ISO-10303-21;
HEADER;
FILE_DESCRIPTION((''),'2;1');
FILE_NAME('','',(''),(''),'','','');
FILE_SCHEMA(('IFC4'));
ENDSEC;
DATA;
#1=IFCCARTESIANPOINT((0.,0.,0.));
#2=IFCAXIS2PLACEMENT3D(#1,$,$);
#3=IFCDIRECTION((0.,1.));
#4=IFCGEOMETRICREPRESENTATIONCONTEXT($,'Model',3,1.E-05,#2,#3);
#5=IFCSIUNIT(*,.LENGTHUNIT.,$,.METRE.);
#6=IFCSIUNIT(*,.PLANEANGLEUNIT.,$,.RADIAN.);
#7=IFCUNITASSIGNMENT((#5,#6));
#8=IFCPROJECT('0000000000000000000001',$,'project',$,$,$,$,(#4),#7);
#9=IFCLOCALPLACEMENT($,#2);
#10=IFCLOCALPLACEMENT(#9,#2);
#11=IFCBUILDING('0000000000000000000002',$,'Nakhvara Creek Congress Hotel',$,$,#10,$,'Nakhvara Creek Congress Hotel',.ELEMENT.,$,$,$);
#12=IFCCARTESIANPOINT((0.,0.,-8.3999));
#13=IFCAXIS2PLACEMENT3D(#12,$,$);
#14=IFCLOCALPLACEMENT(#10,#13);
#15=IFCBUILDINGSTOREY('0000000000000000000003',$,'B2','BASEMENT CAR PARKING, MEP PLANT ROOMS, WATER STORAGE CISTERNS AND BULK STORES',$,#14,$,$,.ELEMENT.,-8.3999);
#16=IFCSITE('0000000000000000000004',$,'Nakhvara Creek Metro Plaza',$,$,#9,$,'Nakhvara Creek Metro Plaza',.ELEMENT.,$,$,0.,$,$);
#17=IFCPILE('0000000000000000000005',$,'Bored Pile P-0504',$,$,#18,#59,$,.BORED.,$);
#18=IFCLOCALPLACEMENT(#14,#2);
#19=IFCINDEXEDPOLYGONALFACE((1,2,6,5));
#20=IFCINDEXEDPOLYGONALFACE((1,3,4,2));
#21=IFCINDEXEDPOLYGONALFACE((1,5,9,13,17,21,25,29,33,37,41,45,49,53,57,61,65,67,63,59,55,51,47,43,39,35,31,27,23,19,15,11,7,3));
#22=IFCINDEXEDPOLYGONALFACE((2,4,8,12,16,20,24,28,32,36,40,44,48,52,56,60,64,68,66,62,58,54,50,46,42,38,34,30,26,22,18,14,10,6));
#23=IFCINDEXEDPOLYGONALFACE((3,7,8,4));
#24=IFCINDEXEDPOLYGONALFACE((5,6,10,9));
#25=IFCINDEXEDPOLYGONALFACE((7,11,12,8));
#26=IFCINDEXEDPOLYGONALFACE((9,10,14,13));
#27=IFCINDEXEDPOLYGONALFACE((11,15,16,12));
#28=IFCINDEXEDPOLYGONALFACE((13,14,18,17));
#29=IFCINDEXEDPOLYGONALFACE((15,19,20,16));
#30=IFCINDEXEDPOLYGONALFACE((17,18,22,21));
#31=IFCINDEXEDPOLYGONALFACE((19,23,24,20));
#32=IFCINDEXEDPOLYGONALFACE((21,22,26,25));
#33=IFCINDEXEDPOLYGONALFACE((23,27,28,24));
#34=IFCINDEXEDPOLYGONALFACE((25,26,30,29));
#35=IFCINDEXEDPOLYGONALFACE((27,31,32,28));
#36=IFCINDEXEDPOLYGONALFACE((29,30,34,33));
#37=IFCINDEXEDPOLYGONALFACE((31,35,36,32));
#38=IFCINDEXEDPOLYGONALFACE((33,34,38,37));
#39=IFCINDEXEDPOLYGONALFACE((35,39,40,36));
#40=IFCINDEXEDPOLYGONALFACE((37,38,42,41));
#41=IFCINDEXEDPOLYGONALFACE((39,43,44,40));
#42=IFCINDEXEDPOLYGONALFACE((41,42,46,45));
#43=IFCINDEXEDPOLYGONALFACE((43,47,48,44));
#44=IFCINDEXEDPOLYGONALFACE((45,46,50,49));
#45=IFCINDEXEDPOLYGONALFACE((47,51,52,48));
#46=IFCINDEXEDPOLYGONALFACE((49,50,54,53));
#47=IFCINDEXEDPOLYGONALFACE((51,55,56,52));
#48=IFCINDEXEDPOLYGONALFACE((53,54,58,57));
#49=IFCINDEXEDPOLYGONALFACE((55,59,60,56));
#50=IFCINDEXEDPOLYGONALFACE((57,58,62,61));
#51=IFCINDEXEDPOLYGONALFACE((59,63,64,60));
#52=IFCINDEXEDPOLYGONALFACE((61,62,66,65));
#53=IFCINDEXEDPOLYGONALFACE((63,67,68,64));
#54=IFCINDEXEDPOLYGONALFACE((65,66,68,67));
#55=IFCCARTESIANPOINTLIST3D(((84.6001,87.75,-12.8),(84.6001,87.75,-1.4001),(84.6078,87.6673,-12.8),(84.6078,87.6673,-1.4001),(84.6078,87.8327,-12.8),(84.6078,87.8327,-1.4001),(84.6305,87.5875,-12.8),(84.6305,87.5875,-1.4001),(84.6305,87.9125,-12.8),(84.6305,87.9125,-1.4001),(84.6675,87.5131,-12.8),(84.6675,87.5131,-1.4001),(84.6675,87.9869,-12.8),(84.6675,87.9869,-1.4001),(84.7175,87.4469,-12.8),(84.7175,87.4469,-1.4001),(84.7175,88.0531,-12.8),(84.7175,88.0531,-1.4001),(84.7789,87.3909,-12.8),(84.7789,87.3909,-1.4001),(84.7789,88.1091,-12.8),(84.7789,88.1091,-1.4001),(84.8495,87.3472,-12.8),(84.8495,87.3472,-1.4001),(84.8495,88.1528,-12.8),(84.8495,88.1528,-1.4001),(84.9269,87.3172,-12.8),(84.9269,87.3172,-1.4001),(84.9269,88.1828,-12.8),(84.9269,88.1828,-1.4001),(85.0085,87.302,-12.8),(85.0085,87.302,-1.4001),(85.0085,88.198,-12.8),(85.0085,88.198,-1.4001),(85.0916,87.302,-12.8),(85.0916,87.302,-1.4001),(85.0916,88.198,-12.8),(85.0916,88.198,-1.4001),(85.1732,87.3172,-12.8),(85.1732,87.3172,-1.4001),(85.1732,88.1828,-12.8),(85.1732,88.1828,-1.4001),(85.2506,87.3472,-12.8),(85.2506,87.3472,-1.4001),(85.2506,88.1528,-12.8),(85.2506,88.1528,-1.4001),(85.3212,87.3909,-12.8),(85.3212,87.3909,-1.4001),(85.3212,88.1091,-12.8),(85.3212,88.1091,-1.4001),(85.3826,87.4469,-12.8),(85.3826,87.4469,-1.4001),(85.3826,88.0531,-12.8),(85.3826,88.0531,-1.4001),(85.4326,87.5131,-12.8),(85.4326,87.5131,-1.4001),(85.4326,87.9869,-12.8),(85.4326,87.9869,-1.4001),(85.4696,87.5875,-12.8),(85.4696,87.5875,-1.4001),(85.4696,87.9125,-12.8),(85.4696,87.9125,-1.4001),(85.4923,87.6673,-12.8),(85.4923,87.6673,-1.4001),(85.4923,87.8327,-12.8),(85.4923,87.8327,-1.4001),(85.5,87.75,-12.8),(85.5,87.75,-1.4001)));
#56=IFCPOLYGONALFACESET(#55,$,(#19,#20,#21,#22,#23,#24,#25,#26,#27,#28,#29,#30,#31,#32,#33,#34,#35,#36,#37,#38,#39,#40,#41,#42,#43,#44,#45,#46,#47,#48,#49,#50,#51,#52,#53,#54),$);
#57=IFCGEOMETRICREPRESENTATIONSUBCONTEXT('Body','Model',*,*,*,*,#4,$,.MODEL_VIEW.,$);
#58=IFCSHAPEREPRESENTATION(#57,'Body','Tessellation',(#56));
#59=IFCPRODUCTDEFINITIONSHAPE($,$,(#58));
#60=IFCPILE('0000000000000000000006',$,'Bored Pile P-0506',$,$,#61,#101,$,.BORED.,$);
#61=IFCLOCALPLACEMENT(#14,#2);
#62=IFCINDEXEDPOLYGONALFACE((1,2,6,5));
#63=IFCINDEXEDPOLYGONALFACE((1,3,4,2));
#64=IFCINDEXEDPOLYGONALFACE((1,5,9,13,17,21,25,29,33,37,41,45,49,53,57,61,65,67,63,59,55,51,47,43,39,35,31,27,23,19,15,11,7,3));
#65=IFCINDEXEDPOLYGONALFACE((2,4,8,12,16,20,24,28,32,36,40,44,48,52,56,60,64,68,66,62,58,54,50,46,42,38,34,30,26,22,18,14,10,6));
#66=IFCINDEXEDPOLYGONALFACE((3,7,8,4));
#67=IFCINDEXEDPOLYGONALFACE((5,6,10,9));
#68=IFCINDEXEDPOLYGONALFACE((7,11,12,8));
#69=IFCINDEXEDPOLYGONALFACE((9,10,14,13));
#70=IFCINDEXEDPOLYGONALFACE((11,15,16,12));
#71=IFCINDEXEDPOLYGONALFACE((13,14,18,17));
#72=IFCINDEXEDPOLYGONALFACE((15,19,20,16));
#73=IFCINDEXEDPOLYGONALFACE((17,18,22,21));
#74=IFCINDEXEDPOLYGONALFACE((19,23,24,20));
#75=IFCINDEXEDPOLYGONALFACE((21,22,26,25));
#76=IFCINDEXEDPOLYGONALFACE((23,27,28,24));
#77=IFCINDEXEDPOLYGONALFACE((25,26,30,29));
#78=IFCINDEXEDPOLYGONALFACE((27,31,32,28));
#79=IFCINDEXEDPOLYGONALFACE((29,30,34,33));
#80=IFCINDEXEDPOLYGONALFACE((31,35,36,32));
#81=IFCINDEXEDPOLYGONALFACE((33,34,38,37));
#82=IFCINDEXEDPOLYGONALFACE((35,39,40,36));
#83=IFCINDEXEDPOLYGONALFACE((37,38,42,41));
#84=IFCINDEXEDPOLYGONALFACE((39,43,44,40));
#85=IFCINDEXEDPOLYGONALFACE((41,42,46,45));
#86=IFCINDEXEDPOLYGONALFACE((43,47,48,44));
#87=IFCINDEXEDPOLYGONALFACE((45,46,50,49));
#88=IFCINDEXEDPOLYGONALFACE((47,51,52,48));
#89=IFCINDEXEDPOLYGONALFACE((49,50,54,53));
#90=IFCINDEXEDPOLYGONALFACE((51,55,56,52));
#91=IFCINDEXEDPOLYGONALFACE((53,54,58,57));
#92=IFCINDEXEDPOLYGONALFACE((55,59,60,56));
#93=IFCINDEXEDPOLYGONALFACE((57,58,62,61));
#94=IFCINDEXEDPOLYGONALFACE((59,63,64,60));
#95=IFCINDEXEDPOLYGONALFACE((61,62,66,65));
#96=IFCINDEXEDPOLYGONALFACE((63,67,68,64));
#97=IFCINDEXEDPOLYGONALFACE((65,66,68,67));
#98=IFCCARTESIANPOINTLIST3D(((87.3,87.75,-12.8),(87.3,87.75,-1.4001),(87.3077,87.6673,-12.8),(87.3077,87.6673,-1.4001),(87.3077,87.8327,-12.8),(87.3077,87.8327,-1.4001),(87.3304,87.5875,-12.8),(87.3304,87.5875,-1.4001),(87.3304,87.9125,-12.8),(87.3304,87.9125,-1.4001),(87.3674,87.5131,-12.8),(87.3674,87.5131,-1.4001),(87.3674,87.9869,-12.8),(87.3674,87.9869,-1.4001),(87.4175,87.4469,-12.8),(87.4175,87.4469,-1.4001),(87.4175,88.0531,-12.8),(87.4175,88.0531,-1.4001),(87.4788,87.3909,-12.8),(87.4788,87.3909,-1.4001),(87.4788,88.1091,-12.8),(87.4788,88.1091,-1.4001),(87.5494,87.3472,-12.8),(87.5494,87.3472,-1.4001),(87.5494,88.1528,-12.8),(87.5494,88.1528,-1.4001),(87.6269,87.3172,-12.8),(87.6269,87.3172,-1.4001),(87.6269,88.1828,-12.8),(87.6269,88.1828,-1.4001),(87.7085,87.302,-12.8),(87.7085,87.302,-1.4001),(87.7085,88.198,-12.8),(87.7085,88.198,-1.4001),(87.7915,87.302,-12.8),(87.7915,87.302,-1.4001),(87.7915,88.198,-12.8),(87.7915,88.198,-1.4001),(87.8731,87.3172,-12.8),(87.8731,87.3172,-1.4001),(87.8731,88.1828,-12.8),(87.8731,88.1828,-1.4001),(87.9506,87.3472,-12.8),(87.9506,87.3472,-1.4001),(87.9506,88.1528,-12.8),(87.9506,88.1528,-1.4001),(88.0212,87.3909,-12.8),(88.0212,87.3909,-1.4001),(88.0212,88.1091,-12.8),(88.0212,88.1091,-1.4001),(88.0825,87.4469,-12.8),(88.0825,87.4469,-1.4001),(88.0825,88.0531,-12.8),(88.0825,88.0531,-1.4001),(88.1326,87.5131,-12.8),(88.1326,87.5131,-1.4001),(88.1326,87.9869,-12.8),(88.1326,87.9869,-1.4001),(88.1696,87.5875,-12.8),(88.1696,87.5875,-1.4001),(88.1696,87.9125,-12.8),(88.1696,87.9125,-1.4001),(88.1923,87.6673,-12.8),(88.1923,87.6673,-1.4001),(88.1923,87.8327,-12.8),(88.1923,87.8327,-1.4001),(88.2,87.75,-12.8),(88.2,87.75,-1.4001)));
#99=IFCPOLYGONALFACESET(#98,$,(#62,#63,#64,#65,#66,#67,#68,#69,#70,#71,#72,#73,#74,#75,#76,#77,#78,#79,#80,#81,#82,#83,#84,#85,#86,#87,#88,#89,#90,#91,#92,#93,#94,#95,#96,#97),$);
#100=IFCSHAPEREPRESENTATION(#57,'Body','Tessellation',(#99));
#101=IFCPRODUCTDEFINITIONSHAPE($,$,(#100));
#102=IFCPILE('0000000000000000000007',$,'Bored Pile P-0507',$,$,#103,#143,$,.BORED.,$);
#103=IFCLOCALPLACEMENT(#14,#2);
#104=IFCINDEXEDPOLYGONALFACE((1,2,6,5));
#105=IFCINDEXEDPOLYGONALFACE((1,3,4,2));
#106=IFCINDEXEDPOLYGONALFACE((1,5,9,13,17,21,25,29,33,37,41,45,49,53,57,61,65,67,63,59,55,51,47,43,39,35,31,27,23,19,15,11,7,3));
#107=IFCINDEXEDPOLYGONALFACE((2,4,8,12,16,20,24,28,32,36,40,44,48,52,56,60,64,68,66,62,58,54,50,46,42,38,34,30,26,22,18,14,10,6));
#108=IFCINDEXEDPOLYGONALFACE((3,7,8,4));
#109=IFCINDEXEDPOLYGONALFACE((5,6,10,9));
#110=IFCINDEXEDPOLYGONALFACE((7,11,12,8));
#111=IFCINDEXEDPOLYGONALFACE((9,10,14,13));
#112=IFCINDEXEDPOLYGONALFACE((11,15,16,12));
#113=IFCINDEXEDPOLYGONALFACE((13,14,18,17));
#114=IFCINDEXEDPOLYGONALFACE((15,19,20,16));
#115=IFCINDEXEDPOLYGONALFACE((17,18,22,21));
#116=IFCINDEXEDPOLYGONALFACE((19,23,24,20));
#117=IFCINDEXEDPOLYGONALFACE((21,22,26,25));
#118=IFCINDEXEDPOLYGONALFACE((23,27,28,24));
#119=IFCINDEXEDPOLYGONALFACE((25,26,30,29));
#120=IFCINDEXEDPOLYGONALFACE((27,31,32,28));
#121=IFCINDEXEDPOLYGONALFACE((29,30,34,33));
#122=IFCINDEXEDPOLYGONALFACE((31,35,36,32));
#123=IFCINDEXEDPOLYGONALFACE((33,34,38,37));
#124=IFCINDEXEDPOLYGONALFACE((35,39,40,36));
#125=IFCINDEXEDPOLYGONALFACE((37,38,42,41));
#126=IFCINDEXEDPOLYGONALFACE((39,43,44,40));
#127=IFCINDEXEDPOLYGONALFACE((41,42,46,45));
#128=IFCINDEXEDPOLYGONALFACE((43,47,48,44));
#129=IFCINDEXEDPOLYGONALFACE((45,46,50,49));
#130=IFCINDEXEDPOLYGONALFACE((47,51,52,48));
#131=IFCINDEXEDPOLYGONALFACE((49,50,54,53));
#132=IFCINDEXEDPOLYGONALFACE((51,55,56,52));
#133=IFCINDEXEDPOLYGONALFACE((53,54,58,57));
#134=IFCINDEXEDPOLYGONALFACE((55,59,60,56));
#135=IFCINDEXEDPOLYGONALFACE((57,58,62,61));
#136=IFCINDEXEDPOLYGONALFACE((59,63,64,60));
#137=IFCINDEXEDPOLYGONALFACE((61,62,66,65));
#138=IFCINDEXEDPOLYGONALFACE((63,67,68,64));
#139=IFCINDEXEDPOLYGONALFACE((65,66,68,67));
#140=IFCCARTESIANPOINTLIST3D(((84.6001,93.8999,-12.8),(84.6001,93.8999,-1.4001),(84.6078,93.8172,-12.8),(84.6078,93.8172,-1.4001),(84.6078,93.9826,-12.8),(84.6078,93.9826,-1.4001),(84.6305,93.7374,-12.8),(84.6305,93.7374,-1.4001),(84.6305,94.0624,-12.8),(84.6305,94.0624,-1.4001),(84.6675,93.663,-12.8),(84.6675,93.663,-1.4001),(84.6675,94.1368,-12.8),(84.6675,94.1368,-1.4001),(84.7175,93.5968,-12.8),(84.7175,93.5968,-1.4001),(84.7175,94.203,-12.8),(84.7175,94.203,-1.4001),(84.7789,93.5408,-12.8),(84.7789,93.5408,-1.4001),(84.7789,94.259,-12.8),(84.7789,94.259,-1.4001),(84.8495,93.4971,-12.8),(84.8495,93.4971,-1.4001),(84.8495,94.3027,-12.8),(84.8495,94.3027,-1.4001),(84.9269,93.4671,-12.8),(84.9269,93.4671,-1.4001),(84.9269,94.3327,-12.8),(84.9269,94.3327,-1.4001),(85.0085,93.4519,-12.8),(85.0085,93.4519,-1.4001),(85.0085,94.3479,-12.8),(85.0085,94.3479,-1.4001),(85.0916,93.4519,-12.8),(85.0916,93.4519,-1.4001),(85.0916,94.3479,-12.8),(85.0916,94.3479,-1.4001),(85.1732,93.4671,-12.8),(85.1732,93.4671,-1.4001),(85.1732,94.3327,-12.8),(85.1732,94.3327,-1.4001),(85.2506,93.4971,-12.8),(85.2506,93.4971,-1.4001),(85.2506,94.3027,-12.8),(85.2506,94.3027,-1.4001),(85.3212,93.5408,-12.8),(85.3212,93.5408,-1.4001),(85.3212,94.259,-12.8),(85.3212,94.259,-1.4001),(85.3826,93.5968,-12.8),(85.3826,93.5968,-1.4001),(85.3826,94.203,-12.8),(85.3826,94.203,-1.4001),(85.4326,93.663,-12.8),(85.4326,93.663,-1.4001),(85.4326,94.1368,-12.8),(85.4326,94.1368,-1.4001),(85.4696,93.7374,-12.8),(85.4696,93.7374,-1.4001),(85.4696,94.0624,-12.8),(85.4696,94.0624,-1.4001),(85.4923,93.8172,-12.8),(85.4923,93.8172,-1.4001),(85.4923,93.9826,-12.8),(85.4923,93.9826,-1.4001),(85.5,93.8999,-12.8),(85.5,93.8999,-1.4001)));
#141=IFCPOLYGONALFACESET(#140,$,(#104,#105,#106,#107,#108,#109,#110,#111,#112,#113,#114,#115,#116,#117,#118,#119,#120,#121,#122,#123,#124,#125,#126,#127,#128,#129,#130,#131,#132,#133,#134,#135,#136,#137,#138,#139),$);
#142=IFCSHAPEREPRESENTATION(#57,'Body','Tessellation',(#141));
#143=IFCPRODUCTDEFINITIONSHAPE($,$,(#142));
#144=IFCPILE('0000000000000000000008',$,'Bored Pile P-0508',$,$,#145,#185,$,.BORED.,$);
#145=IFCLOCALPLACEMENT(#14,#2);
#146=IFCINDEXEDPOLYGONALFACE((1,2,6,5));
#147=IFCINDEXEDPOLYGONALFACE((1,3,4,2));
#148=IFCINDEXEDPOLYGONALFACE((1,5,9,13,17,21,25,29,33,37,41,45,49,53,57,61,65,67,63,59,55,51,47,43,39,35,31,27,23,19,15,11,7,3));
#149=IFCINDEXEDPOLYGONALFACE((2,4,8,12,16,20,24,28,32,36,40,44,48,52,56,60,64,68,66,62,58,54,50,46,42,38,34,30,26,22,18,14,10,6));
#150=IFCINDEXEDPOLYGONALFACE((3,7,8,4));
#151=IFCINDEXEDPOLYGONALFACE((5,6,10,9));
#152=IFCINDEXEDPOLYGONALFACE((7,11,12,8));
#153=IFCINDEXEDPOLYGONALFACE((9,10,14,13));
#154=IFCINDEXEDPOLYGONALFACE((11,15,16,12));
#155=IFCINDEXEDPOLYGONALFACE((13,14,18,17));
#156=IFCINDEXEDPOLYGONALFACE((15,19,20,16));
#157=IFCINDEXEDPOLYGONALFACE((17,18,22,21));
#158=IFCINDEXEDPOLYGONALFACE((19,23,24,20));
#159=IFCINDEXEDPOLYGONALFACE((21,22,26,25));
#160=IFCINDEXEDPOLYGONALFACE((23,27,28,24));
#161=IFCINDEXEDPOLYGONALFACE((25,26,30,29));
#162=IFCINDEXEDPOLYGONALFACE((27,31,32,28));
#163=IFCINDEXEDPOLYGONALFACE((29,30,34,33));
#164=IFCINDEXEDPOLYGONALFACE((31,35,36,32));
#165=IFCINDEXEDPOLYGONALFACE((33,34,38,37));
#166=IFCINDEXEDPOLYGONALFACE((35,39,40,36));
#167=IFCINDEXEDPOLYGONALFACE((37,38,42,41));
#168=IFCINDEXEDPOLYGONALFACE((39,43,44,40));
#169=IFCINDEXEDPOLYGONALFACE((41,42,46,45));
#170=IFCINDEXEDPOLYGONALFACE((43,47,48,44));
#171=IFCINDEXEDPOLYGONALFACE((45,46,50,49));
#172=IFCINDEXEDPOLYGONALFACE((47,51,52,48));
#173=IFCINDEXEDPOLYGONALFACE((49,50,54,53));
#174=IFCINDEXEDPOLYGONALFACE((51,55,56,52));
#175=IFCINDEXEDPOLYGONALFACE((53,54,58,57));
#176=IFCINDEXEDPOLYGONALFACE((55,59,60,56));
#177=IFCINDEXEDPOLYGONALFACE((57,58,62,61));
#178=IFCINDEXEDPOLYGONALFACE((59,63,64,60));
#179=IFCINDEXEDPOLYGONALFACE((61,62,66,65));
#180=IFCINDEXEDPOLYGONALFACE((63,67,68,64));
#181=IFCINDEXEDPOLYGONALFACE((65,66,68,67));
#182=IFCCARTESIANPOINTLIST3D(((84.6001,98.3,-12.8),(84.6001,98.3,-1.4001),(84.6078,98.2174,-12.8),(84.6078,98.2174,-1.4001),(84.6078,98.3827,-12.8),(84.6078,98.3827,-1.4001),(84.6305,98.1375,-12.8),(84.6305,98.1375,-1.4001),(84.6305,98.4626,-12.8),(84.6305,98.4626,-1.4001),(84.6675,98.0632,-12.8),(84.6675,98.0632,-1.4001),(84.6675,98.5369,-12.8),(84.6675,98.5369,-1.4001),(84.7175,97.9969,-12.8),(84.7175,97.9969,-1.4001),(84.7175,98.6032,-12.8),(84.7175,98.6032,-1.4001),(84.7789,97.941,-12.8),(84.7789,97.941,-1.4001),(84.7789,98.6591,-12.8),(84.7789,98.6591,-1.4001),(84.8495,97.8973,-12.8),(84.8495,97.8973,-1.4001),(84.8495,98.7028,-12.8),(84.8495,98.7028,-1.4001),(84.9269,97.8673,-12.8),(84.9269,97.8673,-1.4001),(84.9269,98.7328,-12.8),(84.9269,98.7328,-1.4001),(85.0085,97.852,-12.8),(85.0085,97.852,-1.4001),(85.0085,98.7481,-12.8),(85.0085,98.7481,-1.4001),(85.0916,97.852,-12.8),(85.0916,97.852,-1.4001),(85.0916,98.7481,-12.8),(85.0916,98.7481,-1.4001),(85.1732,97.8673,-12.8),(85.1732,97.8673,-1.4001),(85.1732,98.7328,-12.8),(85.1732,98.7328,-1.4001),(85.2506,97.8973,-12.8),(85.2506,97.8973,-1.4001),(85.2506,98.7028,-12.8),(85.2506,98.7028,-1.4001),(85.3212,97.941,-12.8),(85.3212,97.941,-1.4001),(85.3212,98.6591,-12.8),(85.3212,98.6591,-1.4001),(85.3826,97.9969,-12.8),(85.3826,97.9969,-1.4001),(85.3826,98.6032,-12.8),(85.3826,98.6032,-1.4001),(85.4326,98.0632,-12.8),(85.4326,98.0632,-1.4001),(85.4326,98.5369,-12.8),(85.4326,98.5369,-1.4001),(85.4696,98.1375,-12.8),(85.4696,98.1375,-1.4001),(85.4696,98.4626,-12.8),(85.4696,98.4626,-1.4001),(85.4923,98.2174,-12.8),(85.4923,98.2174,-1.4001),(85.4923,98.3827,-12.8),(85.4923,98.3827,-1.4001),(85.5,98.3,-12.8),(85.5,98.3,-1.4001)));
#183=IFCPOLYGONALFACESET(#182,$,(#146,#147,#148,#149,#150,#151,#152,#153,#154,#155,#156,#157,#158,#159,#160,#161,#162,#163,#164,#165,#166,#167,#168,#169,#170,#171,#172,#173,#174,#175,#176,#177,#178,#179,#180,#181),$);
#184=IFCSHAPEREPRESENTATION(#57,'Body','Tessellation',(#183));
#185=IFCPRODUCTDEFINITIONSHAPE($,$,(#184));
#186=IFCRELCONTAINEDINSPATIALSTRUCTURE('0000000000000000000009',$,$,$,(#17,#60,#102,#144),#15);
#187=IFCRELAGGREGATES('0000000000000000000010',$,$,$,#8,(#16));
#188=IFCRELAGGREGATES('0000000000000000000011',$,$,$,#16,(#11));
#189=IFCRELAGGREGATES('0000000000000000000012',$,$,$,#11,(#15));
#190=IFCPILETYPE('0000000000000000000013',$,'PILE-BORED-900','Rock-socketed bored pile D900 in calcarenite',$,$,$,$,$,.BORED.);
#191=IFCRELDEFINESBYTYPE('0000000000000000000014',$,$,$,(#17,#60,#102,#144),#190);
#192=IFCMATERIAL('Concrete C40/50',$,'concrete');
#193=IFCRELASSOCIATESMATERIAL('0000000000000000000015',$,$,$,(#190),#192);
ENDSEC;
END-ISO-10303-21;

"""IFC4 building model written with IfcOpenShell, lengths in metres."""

from ifc_helpers import new_model, si_unit, direction, frame, origin, origin_2d, place, context, subcontext, project, spatial, circle, extrude, material, material_profile, profile_set, type_object, element, save


model = new_model("IFC4")

# Units and contexts
model_context = context("Model", 3, precision=1e-05, world=origin(), true_north=direction((0.0, 1.0)))
body_context = subcontext(model_context, "Body", "Model", "MODEL_VIEW")
ifc_project = project(units=[si_unit("LENGTHUNIT", "METRE"), si_unit("PLANEANGLEUNIT", "RADIAN")], contexts=[model_context])

# Site, building, storey
site_placement = place(None, origin())
site = spatial("IfcSite", under=ifc_project, at=site_placement, Name="Nakhvara Creek Metro Plaza", LongName="Nakhvara Creek Metro Plaza", CompositionType="ELEMENT", RefElevation=0.0)
building_placement = place(site_placement, origin())
building = spatial("IfcBuilding", under=site, at=building_placement, Name="Nakhvara Creek Congress Hotel", LongName="Nakhvara Creek Congress Hotel", CompositionType="ELEMENT")
storey_placement = place(building_placement, frame((0.0, 0.0, -8.3999)))
storey = spatial("IfcBuildingStorey", under=building, at=storey_placement, Name="B2", Description="BASEMENT CAR PARKING, MEP PLANT ROOMS, WATER STORAGE CISTERNS AND BULK STORES", CompositionType="ELEMENT", Elevation=-8.3999)

# Shared definitions
ifc_material_1 = material(Name="Concrete C40/50", Category="concrete")

# Piles
ifc_material_profile_1 = material_profile(ifc_material_1, circle(Radius=0.45, at=origin_2d()), Name="BORED PILE D900", Category="LoadBearing")
ifc_profile_set_1 = profile_set([ifc_material_profile_1], Name="Concrete C40/50")
pile_type = type_object("IfcPileType", Name="PILE-BORED-900", Description="Rock-socketed bored pile D900 in calcarenite", PredefinedType="BORED", material=ifc_profile_set_1)
for number, where, z_axis, x_axis, name in (
    (1, (85.05, 87.75, -1.4001), (0.0, 0.0, -1.0), (1.0, 0.0, 0.0), "Bored Pile P-0504"),
    (2, (87.75, 87.75, -1.4001), (0.0, 0.0, -1.0), (1.0, 0.0, 0.0), "Bored Pile P-0506"),
    (3, (85.05, 93.8999, -1.4001), (0.0, 0.0, -1.0), (1.0, 0.0, 0.0), "Bored Pile P-0507"),
    (4, (85.05, 98.3, -1.4001), (0.0, 0.0, -1.0), (1.0, 0.0, 0.0), "Bored Pile P-0508"),
):
    element("IfcPile", number, at=place(storey_placement, frame(where, z_axis=z_axis, x_axis=x_axis)), inside=storey, type_object=pile_type, Name=name, PredefinedType="BORED", context=body_context, shape_type="SweptSolid", body=[
        extrude(circle(Radius=0.45, at=origin_2d()), origin(), (0.0, 0.0, 1.0), 11.3999),
    ])

save(model, "model.ifc")
